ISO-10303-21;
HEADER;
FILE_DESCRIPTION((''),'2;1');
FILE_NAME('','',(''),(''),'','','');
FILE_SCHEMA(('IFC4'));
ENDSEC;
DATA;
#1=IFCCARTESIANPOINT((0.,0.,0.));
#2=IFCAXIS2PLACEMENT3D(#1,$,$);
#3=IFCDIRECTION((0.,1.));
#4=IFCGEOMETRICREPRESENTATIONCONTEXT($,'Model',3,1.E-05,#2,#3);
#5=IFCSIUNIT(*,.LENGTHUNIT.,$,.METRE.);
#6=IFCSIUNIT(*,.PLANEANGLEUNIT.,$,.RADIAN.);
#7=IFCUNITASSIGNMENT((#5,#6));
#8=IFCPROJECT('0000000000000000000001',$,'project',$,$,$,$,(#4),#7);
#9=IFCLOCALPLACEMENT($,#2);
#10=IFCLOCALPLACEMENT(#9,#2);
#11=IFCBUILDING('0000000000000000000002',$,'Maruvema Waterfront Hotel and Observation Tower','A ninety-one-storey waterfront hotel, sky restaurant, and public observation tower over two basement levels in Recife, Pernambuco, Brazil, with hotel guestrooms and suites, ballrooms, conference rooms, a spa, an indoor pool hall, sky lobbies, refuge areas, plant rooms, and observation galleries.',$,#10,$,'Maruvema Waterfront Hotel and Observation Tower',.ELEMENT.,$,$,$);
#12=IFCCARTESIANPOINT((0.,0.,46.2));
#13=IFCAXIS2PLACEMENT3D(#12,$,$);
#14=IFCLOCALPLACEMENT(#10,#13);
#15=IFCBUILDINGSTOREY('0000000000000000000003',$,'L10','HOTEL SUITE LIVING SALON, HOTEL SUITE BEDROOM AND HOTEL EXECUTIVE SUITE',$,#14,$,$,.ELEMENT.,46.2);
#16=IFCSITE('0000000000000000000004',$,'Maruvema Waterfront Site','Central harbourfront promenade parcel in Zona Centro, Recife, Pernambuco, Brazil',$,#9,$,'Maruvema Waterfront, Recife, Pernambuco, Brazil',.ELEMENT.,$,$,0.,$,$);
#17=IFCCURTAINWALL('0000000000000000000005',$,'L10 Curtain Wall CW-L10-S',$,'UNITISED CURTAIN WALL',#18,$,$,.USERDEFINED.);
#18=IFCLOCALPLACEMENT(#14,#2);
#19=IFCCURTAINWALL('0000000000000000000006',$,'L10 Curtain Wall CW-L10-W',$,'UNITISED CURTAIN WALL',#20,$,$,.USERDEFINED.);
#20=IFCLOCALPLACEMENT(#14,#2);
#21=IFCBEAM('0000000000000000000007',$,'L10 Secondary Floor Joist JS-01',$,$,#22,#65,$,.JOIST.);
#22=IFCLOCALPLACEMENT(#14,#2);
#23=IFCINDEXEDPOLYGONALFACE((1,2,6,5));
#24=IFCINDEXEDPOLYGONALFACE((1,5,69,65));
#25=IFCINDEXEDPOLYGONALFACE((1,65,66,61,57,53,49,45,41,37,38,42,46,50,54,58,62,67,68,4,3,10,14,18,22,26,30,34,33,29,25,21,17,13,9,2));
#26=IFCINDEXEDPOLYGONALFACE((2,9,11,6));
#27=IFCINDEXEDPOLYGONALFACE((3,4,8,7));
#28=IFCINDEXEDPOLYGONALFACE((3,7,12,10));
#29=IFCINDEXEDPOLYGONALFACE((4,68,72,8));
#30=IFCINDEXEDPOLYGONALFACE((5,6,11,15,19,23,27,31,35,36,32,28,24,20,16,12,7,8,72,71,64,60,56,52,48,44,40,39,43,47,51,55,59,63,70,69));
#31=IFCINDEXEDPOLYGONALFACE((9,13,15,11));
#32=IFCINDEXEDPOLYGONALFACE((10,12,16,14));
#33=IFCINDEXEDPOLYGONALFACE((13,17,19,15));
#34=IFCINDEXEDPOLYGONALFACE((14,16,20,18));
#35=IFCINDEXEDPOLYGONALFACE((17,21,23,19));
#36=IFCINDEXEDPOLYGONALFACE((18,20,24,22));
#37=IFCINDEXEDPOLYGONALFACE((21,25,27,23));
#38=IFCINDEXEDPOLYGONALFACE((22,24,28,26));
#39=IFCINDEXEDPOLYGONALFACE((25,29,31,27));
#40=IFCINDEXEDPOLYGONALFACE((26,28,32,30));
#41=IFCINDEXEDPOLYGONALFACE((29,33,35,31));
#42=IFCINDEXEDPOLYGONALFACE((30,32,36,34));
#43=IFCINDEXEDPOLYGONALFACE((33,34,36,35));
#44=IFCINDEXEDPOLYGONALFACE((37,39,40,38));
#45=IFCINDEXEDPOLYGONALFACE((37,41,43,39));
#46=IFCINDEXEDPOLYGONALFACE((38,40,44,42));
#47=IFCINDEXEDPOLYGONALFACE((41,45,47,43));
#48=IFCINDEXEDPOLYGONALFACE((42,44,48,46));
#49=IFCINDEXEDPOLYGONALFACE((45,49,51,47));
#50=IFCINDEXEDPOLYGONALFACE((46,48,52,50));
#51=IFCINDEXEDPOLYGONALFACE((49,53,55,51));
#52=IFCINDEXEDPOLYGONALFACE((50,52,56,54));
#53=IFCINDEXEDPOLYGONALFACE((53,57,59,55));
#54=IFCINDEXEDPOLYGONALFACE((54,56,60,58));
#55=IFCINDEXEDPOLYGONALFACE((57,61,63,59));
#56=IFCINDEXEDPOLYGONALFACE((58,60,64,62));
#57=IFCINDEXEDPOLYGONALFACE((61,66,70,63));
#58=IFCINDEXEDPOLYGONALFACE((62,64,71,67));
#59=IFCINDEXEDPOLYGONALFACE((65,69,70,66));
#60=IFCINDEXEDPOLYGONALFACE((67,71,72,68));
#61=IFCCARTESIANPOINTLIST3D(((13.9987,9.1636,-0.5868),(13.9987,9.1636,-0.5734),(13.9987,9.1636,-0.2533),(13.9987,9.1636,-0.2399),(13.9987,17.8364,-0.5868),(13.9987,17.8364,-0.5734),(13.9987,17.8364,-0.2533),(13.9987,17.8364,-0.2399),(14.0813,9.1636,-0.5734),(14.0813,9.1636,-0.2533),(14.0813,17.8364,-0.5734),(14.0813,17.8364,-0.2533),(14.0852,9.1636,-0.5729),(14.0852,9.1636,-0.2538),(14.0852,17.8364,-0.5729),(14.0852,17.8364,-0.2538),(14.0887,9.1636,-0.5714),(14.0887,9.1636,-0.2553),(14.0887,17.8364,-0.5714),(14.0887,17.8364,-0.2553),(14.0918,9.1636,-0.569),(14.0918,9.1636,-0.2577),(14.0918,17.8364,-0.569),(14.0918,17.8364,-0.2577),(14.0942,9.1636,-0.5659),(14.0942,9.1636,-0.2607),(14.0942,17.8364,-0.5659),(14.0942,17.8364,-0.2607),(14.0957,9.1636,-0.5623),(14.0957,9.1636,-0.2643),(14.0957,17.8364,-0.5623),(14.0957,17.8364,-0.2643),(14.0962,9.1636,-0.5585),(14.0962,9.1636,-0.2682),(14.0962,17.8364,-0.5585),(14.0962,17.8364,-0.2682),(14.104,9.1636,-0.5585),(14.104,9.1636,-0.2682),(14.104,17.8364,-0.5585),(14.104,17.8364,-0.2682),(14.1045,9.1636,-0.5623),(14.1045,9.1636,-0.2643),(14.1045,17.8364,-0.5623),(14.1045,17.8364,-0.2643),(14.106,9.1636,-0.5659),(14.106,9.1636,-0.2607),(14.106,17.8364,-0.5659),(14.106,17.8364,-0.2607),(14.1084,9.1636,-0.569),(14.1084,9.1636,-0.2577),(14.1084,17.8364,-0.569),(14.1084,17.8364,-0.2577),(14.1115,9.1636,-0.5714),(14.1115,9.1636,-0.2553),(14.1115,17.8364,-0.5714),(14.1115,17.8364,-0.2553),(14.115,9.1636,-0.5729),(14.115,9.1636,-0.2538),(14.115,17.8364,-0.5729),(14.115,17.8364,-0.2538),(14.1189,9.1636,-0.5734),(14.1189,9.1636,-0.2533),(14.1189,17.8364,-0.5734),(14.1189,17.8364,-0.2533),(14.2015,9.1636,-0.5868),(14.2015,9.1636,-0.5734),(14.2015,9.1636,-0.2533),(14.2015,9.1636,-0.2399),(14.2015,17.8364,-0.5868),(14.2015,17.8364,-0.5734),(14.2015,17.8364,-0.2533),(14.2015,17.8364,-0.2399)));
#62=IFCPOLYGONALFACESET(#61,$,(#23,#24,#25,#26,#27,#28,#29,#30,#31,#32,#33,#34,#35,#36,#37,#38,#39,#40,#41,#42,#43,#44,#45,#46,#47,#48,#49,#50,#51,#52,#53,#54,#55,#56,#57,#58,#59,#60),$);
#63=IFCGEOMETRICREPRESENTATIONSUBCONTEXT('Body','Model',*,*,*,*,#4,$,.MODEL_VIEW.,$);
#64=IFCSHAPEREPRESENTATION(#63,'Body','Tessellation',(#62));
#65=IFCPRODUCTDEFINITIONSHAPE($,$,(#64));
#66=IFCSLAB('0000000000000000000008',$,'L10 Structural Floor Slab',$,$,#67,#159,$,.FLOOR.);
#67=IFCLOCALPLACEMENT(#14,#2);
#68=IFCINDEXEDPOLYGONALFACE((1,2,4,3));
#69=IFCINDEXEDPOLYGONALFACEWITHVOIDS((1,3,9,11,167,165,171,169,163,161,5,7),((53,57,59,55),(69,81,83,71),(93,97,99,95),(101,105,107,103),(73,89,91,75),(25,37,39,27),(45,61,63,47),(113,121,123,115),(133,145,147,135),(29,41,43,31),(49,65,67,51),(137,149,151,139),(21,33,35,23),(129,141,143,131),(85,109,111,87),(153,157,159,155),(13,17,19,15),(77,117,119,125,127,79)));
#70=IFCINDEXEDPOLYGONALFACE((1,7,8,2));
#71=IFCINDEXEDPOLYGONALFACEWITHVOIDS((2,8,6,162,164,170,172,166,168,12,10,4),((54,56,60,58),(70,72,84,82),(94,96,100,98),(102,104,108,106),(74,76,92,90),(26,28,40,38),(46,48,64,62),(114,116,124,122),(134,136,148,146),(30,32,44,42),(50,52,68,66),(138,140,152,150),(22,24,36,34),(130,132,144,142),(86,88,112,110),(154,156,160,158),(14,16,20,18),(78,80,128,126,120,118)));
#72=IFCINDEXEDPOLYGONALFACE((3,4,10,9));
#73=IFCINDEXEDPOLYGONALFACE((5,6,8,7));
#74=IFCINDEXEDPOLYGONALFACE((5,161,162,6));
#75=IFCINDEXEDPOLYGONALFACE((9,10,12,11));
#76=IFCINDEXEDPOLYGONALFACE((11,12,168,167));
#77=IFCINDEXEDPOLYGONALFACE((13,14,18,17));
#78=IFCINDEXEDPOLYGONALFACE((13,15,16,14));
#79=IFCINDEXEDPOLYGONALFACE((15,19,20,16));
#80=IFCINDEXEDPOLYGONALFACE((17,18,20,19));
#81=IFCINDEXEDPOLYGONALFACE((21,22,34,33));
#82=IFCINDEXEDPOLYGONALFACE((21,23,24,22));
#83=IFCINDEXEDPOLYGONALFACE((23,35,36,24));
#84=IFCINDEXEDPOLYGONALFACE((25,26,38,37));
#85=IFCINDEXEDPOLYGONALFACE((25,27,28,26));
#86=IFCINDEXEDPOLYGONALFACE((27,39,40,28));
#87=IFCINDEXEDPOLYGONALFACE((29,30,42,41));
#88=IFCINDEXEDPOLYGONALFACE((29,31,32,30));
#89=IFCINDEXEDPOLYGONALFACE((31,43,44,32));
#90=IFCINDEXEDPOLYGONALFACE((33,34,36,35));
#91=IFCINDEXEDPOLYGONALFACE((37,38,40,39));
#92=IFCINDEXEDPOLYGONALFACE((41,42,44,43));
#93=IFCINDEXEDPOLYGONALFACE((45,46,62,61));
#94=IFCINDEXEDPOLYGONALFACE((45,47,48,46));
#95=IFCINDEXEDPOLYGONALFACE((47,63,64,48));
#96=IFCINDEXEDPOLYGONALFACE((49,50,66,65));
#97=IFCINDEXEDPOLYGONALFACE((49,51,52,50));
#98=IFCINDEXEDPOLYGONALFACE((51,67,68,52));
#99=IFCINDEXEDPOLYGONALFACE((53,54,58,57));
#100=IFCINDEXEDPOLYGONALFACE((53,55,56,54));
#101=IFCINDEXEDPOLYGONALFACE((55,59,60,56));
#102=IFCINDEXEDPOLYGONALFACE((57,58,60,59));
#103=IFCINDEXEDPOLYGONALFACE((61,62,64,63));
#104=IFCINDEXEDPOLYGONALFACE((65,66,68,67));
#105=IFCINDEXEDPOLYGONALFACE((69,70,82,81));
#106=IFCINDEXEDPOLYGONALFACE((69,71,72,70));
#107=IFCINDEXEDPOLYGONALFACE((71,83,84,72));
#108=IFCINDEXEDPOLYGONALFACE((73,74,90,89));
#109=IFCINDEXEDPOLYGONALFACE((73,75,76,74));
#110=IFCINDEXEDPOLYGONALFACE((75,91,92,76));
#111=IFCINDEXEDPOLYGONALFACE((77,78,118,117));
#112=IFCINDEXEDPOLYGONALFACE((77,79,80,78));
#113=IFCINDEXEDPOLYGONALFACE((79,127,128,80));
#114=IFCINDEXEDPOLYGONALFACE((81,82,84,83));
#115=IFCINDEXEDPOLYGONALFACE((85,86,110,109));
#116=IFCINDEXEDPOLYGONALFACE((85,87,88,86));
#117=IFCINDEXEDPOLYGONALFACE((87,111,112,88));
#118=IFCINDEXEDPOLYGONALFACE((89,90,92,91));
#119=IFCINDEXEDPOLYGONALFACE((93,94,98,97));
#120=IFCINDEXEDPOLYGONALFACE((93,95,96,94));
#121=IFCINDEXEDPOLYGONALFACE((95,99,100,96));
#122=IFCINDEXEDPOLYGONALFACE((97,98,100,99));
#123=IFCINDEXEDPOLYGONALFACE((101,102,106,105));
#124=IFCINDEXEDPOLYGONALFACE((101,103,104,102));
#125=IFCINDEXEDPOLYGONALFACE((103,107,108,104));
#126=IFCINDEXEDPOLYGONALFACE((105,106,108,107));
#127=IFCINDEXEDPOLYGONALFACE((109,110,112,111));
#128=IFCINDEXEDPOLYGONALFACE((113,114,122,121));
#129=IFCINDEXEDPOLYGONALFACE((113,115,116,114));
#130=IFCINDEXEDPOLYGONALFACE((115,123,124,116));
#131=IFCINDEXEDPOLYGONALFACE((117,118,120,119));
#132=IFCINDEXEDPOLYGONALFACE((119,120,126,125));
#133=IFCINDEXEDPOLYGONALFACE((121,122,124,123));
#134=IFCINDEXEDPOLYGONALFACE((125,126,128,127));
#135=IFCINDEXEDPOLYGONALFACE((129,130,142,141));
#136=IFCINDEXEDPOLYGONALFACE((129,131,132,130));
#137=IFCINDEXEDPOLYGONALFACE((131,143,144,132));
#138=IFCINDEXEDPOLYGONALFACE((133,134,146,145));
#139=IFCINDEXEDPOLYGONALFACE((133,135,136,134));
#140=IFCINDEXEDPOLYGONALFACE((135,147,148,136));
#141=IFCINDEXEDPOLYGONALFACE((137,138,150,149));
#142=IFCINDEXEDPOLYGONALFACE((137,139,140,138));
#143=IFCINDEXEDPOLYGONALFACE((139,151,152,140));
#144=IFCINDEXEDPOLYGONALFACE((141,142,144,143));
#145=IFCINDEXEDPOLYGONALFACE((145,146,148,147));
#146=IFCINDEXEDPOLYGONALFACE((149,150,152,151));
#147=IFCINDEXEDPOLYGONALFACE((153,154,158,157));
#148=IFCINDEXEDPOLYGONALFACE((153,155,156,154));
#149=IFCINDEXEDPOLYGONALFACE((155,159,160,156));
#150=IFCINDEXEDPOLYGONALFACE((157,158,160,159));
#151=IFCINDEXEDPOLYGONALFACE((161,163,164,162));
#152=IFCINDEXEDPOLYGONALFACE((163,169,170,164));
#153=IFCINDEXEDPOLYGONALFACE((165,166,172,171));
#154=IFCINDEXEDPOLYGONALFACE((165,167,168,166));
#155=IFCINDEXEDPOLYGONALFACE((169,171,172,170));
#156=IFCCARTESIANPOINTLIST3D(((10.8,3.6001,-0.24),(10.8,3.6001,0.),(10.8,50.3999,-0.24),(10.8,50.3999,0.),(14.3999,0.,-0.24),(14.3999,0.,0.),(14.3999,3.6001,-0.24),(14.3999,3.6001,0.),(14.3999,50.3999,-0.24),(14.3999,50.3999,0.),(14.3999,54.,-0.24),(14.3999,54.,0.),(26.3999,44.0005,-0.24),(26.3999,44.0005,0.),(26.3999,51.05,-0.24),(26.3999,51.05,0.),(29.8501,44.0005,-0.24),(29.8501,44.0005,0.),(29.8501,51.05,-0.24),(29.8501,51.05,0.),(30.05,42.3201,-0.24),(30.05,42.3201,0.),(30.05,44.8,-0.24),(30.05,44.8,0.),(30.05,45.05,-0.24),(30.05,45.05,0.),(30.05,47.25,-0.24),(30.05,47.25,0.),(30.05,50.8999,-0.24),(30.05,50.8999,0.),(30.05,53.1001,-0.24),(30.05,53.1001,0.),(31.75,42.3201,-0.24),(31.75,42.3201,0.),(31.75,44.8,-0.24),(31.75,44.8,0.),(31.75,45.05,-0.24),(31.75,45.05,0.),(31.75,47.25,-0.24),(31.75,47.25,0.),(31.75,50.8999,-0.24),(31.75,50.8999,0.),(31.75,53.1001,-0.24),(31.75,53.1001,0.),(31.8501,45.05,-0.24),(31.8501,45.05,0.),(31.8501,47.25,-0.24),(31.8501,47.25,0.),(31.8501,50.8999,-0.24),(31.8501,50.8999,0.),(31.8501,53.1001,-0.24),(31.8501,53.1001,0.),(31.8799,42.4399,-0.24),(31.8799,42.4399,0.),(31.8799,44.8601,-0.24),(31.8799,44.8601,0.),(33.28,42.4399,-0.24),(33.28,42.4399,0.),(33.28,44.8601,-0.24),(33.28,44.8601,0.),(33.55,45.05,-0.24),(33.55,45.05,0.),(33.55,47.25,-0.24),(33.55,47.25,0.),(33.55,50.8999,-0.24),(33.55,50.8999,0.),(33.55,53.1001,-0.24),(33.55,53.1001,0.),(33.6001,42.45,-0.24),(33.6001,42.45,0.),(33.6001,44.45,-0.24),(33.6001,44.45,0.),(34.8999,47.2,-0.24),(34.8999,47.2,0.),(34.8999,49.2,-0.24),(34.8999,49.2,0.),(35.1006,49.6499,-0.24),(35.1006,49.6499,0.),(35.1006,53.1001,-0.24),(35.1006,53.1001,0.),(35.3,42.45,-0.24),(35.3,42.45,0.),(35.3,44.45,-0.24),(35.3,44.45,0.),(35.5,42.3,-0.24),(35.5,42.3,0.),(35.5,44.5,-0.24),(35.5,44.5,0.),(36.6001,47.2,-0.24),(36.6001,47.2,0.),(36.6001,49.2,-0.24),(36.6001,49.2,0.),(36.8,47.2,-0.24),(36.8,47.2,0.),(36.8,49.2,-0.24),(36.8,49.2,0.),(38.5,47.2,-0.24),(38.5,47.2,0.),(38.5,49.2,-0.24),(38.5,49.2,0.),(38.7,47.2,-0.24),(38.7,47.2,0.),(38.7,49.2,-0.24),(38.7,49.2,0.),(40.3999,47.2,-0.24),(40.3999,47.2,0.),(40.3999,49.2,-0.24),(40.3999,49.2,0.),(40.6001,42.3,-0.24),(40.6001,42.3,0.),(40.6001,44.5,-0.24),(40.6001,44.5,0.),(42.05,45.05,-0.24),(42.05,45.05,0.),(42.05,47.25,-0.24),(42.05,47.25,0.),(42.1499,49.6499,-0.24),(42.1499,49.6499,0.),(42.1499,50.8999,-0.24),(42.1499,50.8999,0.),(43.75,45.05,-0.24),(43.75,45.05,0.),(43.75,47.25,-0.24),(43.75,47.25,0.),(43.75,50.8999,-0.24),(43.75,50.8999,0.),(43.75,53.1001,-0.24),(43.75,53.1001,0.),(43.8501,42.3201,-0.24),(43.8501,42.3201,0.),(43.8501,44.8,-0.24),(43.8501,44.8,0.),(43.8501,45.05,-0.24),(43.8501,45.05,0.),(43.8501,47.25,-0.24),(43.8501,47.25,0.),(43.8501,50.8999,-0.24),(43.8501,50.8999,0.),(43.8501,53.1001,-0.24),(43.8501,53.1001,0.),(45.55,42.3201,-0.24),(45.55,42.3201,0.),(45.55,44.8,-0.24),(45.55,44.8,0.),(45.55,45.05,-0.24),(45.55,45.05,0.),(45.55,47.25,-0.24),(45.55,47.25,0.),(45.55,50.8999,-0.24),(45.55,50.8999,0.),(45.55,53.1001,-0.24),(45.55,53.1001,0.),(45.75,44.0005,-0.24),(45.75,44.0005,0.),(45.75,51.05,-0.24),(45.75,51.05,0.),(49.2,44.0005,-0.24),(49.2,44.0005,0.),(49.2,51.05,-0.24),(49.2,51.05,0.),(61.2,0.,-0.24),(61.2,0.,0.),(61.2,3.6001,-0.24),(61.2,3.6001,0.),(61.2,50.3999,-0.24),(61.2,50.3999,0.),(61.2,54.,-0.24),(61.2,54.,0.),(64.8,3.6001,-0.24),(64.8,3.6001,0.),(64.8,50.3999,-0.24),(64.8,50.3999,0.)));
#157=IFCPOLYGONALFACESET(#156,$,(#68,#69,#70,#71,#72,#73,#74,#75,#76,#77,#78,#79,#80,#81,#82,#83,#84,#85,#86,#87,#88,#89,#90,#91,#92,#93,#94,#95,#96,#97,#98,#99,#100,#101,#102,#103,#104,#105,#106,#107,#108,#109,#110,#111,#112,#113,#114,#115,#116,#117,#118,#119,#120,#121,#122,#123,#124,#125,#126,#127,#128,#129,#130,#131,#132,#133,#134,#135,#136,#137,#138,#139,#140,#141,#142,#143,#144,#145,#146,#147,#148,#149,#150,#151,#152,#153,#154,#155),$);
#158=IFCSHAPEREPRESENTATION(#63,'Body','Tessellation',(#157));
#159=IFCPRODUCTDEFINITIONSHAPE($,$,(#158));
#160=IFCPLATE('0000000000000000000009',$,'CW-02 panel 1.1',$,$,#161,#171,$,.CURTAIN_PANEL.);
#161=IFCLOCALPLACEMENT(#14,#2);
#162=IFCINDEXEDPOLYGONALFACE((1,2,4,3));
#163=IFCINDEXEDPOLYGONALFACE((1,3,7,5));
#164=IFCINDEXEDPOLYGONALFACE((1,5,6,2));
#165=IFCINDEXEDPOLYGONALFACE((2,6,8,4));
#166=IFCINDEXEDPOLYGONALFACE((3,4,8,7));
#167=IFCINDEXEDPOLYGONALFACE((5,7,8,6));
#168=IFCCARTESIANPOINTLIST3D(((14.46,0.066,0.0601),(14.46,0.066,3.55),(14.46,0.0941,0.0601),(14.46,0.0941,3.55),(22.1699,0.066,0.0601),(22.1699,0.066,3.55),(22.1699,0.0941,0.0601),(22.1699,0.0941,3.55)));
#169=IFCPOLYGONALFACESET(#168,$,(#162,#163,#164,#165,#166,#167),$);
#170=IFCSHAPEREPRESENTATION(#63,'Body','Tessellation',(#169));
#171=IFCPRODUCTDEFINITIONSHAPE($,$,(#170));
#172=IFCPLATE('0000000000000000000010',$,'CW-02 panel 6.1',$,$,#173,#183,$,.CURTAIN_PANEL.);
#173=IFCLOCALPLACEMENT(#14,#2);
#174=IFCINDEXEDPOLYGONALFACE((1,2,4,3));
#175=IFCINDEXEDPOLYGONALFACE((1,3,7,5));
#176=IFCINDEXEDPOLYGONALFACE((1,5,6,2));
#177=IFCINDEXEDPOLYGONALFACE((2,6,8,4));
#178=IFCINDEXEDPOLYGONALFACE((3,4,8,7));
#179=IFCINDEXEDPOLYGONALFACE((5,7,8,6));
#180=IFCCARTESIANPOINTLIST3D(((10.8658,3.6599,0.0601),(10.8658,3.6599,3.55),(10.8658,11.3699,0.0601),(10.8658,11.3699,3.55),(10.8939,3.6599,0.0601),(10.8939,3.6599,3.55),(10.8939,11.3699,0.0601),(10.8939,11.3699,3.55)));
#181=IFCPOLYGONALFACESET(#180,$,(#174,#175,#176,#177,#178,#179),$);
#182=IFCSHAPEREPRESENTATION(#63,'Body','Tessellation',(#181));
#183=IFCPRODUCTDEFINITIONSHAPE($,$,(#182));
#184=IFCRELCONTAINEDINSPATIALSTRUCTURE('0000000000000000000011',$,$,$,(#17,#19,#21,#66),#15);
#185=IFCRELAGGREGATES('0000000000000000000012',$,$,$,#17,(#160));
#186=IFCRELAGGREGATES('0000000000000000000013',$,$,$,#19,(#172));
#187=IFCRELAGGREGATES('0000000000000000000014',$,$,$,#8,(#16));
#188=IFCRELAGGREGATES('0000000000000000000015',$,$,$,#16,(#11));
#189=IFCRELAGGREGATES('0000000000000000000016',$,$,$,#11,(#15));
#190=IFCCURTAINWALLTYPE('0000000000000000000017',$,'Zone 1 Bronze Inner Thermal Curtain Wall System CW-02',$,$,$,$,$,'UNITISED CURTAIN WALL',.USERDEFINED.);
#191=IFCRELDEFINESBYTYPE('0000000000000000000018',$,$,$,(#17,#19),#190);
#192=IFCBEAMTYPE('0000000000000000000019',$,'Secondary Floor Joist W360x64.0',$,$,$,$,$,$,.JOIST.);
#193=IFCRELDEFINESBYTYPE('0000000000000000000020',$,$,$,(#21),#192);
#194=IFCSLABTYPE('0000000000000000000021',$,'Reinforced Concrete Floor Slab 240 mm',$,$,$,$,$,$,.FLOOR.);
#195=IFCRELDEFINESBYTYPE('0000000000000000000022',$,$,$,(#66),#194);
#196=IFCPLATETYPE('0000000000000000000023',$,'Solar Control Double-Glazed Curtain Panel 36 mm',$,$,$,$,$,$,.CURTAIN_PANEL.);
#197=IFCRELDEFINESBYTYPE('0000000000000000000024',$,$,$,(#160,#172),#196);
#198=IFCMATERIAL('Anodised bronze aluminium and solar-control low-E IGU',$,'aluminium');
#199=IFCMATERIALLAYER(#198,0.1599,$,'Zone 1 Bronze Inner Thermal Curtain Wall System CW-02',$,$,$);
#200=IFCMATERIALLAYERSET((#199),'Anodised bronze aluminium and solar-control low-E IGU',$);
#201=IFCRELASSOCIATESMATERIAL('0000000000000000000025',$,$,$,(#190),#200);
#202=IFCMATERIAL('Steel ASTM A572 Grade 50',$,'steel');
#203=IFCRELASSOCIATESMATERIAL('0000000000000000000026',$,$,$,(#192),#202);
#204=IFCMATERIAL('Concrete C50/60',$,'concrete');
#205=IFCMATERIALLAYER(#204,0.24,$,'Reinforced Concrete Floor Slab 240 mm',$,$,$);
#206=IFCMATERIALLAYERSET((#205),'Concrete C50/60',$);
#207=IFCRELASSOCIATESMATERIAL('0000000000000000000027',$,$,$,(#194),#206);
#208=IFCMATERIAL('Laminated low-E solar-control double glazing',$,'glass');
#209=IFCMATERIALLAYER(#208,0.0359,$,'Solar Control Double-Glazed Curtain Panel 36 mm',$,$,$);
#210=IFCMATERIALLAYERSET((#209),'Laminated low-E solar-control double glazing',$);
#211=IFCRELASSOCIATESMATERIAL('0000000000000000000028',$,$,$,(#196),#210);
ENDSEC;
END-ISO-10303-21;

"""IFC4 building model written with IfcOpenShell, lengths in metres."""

from ifc_helpers import new_model, si_unit, direction, frame, origin, origin_2d, place, context, subcontext, project, spatial, polyline, rectangle, i_section, outline, extrude, material, layer, layer_set, material_profile, profile_set, type_object, element, aggregate, save


model = new_model("IFC4")

# Units and contexts
model_context = context("Model", 3, precision=1e-05, world=origin(), true_north=direction((0.0, 1.0)))
body_context = subcontext(model_context, "Body", "Model", "MODEL_VIEW")
ifc_project = project(units=[si_unit("LENGTHUNIT", "METRE"), si_unit("PLANEANGLEUNIT", "RADIAN")], contexts=[model_context])

# Site, building, storey
site_placement = place(None, origin())
site = spatial("IfcSite", under=ifc_project, at=site_placement, Name="Maruvema Waterfront Site", Description="Central harbourfront promenade parcel in Zona Centro, Recife, Pernambuco, Brazil", LongName="Maruvema Waterfront, Recife, Pernambuco, Brazil", CompositionType="ELEMENT", RefElevation=0.0)
building_placement = place(site_placement, origin())
building = spatial("IfcBuilding", under=site, at=building_placement, Name="Maruvema Waterfront Hotel and Observation Tower", Description="A ninety-one-storey waterfront hotel, sky restaurant, and public observation tower over two basement levels in Recife, Pernambuco, Brazil, with hotel guestrooms and suites, ballrooms, conference rooms, a spa, an indoor pool hall, sky lobbies, refuge areas, plant rooms, and observation galleries.", LongName="Maruvema Waterfront Hotel and Observation Tower", CompositionType="ELEMENT")
storey_placement = place(building_placement, frame((0.0, 0.0, 46.2)))
storey = spatial("IfcBuildingStorey", under=building, at=storey_placement, Name="L10", Description="HOTEL SUITE LIVING SALON, HOTEL SUITE BEDROOM AND HOTEL EXECUTIVE SUITE", CompositionType="ELEMENT", Elevation=46.2)

# Curtain walls
ifc_material_1 = material(Name="Anodised bronze aluminium and solar-control low-E IGU", Category="aluminium")
ifc_layer_1 = layer(ifc_material_1, 0.1599, Name="Zone 1 Bronze Inner Thermal Curtain Wall System CW-02")
ifc_layer_set_1 = layer_set([ifc_layer_1], Name="Anodised bronze aluminium and solar-control low-E IGU")
curtain_wall_type = type_object("IfcCurtainWallType", Name="Zone 1 Bronze Inner Thermal Curtain Wall System CW-02", ElementType="UNITISED CURTAIN WALL", PredefinedType="USERDEFINED", material=ifc_layer_set_1)
curtain_wall_1_placement = place(storey_placement, origin())
curtain_wall_1 = element("IfcCurtainWall", 1, at=curtain_wall_1_placement, inside=storey, type_object=curtain_wall_type, Name="L10 Curtain Wall CW-L10-S", ObjectType="UNITISED CURTAIN WALL", PredefinedType="USERDEFINED")
curtain_wall_2_placement = place(storey_placement, origin())
curtain_wall_2 = element("IfcCurtainWall", 2, at=curtain_wall_2_placement, inside=storey, type_object=curtain_wall_type, Name="L10 Curtain Wall CW-L10-W", ObjectType="UNITISED CURTAIN WALL", PredefinedType="USERDEFINED")

# Beam
ifc_material_2 = material(Name="Steel ASTM A572 Grade 50", Category="steel")
ifc_material_profile_1 = material_profile(ifc_material_2, i_section(OverallWidth=0.2029, OverallDepth=0.3469, WebThickness=0.0078, FlangeThickness=0.0134, FilletRadius=0.0149, at=origin_2d()), Name="W360x64.0")
ifc_profile_set_1 = profile_set([ifc_material_profile_1], Name="Steel ASTM A572 Grade 50")
beam_type_1 = type_object("IfcBeamType", Name="Secondary Floor Joist W360x64.0", PredefinedType="JOIST", material=ifc_profile_set_1)
beam_1_placement = place(storey_placement, frame((14.1001, 9.1636, -0.4133), z_axis=(0.0, 1.0, 0.0), x_axis=(-1.0, 0.0, 0.0)))
element("IfcBeam", 3, at=beam_1_placement, inside=storey, type_object=beam_type_1, Name="L10 Secondary Floor Joist JS-01", PredefinedType="JOIST", context=body_context, shape_type="SweptSolid", body=[
    extrude(i_section(OverallWidth=0.2029, OverallDepth=0.3469, WebThickness=0.0078, FlangeThickness=0.0134, FilletRadius=0.0149, at=origin_2d()), origin(), (0.0, 0.0, 1.0), 8.6729),
])

# Slab
ifc_material_3 = material(Name="Concrete C50/60", Category="concrete")
ifc_layer_2 = layer(ifc_material_3, 0.24, Name="Reinforced Concrete Floor Slab 240 mm")
ifc_layer_set_2 = layer_set([ifc_layer_2], Name="Concrete C50/60")
slab_type_1 = type_object("IfcSlabType", Name="Reinforced Concrete Floor Slab 240 mm", PredefinedType="FLOOR", material=ifc_layer_set_2)
slab_1_placement = place(storey_placement, frame((0.0, 0.0, -0.24)))
element("IfcSlab", 4, at=slab_1_placement, inside=storey, type_object=slab_type_1, Name="L10 Structural Floor Slab", PredefinedType="FLOOR", context=body_context, shape_type="SweptSolid", body=[
    extrude(outline(polyline([(14.3999, 0.0), (61.2, 0.0), (61.2, 3.6001), (64.8, 3.6001), (64.8, 50.3999), (61.2, 50.3999), (61.2, 54.0), (14.3999, 54.0), (14.3999, 50.3999), (10.8, 50.3999), (10.8, 3.6001), (14.3999, 3.6001), (14.3999, 0.0)]), holes=[polyline([(26.3999, 44.0005), (26.3999, 51.05), (29.8501, 51.05), (29.8501, 44.0005), (26.3999, 44.0005)]), polyline([(30.05, 44.8), (31.75, 44.8), (31.75, 42.3201), (30.05, 42.3201), (30.05, 44.8)]), polyline([(31.75, 47.25), (31.75, 45.05), (30.05, 45.05), (30.05, 47.25), (31.75, 47.25)]), polyline([(31.75, 53.1001), (31.75, 50.8999), (30.05, 50.8999), (30.05, 53.1001), (31.75, 53.1001)]), polyline([(33.28, 44.8601), (33.28, 42.4399), (31.8799, 42.4399), (31.8799, 44.8601), (33.28, 44.8601)]), polyline([(31.8501, 47.25), (33.55, 47.25), (33.55, 45.05), (31.8501, 45.05), (31.8501, 47.25)]), polyline([(31.8501, 53.1001), (33.55, 53.1001), (33.55, 50.8999), (31.8501, 50.8999), (31.8501, 53.1001)]), polyline([(33.6001, 44.45), (35.3, 44.45), (35.3, 42.45), (33.6001, 42.45), (33.6001, 44.45)]), polyline([(34.8999, 49.2), (36.6001, 49.2), (36.6001, 47.2), (34.8999, 47.2), (34.8999, 49.2)]), polyline([(38.5, 49.2), (38.5, 47.2), (36.8, 47.2), (36.8, 49.2), (38.5, 49.2)]), polyline([(35.5, 44.5), (40.6001, 44.5), (40.6001, 42.3), (35.5, 42.3), (35.5, 44.5)]), polyline([(43.75, 50.8999), (42.1499, 50.8999), (42.1499, 49.6499), (35.1006, 49.6499), (35.1006, 53.1001), (43.75, 53.1001), (43.75, 50.8999)]), polyline([(40.3999, 49.2), (40.3999, 47.2), (38.7, 47.2), (38.7, 49.2), (40.3999, 49.2)]), polyline([(43.75, 47.25), (43.75, 45.05), (42.05, 45.05), (42.05, 47.25), (43.75, 47.25)]), polyline([(45.55, 44.8), (45.55, 42.3201), (43.8501, 42.3201), (43.8501, 44.8), (45.55, 44.8)]), polyline([(43.8501, 47.25), (45.55, 47.25), (45.55, 45.05), (43.8501, 45.05), (43.8501, 47.25)]), polyline([(45.55, 53.1001), (45.55, 50.8999), (43.8501, 50.8999), (43.8501, 53.1001), (45.55, 53.1001)]), polyline([(45.75, 51.05), (49.2, 51.05), (49.2, 44.0005), (45.75, 44.0005), (45.75, 51.05)])]), origin(), (0.0, 0.0, 1.0), 0.24),
])

# Plates
ifc_material_4 = material(Name="Laminated low-E solar-control double glazing", Category="glass")
ifc_layer_3 = layer(ifc_material_4, 0.0359, Name="Solar Control Double-Glazed Curtain Panel 36 mm")
ifc_layer_set_3 = layer_set([ifc_layer_3], Name="Laminated low-E solar-control double glazing")
plate_type = type_object("IfcPlateType", Name="Solar Control Double-Glazed Curtain Panel 36 mm", PredefinedType="CURTAIN_PANEL", material=ifc_layer_set_3)
plate_1_placement = place(storey_placement, frame((18.3149, 0.0801, 0.0601), z_axis=(0.0, 0.0, 1.0), x_axis=(1.0, 0.0, 0.0)))
plate_1 = element("IfcPlate", 5, at=plate_1_placement, type_object=plate_type, Name="CW-02 panel 1.1", PredefinedType="CURTAIN_PANEL", context=body_context, shape_type="SweptSolid", body=[
    extrude(rectangle(XDim=7.71, YDim=0.0281, at=origin_2d()), origin(), (0.0, 0.0, 1.0), 3.49),
])
aggregate(curtain_wall_1, [plate_1])
plate_2_placement = place(storey_placement, frame((10.8799, 7.5149, 0.0601), z_axis=(0.0, 0.0, 1.0), x_axis=(0.0, -1.0, 0.0)))
plate_2 = element("IfcPlate", 6, at=plate_2_placement, type_object=plate_type, Name="CW-02 panel 6.1", PredefinedType="CURTAIN_PANEL", context=body_context, shape_type="SweptSolid", body=[
    extrude(rectangle(XDim=7.71, YDim=0.0281, at=origin_2d()), origin(), (0.0, 0.0, 1.0), 3.49),
])
aggregate(curtain_wall_2, [plate_2])

save(model, "model.ifc")
